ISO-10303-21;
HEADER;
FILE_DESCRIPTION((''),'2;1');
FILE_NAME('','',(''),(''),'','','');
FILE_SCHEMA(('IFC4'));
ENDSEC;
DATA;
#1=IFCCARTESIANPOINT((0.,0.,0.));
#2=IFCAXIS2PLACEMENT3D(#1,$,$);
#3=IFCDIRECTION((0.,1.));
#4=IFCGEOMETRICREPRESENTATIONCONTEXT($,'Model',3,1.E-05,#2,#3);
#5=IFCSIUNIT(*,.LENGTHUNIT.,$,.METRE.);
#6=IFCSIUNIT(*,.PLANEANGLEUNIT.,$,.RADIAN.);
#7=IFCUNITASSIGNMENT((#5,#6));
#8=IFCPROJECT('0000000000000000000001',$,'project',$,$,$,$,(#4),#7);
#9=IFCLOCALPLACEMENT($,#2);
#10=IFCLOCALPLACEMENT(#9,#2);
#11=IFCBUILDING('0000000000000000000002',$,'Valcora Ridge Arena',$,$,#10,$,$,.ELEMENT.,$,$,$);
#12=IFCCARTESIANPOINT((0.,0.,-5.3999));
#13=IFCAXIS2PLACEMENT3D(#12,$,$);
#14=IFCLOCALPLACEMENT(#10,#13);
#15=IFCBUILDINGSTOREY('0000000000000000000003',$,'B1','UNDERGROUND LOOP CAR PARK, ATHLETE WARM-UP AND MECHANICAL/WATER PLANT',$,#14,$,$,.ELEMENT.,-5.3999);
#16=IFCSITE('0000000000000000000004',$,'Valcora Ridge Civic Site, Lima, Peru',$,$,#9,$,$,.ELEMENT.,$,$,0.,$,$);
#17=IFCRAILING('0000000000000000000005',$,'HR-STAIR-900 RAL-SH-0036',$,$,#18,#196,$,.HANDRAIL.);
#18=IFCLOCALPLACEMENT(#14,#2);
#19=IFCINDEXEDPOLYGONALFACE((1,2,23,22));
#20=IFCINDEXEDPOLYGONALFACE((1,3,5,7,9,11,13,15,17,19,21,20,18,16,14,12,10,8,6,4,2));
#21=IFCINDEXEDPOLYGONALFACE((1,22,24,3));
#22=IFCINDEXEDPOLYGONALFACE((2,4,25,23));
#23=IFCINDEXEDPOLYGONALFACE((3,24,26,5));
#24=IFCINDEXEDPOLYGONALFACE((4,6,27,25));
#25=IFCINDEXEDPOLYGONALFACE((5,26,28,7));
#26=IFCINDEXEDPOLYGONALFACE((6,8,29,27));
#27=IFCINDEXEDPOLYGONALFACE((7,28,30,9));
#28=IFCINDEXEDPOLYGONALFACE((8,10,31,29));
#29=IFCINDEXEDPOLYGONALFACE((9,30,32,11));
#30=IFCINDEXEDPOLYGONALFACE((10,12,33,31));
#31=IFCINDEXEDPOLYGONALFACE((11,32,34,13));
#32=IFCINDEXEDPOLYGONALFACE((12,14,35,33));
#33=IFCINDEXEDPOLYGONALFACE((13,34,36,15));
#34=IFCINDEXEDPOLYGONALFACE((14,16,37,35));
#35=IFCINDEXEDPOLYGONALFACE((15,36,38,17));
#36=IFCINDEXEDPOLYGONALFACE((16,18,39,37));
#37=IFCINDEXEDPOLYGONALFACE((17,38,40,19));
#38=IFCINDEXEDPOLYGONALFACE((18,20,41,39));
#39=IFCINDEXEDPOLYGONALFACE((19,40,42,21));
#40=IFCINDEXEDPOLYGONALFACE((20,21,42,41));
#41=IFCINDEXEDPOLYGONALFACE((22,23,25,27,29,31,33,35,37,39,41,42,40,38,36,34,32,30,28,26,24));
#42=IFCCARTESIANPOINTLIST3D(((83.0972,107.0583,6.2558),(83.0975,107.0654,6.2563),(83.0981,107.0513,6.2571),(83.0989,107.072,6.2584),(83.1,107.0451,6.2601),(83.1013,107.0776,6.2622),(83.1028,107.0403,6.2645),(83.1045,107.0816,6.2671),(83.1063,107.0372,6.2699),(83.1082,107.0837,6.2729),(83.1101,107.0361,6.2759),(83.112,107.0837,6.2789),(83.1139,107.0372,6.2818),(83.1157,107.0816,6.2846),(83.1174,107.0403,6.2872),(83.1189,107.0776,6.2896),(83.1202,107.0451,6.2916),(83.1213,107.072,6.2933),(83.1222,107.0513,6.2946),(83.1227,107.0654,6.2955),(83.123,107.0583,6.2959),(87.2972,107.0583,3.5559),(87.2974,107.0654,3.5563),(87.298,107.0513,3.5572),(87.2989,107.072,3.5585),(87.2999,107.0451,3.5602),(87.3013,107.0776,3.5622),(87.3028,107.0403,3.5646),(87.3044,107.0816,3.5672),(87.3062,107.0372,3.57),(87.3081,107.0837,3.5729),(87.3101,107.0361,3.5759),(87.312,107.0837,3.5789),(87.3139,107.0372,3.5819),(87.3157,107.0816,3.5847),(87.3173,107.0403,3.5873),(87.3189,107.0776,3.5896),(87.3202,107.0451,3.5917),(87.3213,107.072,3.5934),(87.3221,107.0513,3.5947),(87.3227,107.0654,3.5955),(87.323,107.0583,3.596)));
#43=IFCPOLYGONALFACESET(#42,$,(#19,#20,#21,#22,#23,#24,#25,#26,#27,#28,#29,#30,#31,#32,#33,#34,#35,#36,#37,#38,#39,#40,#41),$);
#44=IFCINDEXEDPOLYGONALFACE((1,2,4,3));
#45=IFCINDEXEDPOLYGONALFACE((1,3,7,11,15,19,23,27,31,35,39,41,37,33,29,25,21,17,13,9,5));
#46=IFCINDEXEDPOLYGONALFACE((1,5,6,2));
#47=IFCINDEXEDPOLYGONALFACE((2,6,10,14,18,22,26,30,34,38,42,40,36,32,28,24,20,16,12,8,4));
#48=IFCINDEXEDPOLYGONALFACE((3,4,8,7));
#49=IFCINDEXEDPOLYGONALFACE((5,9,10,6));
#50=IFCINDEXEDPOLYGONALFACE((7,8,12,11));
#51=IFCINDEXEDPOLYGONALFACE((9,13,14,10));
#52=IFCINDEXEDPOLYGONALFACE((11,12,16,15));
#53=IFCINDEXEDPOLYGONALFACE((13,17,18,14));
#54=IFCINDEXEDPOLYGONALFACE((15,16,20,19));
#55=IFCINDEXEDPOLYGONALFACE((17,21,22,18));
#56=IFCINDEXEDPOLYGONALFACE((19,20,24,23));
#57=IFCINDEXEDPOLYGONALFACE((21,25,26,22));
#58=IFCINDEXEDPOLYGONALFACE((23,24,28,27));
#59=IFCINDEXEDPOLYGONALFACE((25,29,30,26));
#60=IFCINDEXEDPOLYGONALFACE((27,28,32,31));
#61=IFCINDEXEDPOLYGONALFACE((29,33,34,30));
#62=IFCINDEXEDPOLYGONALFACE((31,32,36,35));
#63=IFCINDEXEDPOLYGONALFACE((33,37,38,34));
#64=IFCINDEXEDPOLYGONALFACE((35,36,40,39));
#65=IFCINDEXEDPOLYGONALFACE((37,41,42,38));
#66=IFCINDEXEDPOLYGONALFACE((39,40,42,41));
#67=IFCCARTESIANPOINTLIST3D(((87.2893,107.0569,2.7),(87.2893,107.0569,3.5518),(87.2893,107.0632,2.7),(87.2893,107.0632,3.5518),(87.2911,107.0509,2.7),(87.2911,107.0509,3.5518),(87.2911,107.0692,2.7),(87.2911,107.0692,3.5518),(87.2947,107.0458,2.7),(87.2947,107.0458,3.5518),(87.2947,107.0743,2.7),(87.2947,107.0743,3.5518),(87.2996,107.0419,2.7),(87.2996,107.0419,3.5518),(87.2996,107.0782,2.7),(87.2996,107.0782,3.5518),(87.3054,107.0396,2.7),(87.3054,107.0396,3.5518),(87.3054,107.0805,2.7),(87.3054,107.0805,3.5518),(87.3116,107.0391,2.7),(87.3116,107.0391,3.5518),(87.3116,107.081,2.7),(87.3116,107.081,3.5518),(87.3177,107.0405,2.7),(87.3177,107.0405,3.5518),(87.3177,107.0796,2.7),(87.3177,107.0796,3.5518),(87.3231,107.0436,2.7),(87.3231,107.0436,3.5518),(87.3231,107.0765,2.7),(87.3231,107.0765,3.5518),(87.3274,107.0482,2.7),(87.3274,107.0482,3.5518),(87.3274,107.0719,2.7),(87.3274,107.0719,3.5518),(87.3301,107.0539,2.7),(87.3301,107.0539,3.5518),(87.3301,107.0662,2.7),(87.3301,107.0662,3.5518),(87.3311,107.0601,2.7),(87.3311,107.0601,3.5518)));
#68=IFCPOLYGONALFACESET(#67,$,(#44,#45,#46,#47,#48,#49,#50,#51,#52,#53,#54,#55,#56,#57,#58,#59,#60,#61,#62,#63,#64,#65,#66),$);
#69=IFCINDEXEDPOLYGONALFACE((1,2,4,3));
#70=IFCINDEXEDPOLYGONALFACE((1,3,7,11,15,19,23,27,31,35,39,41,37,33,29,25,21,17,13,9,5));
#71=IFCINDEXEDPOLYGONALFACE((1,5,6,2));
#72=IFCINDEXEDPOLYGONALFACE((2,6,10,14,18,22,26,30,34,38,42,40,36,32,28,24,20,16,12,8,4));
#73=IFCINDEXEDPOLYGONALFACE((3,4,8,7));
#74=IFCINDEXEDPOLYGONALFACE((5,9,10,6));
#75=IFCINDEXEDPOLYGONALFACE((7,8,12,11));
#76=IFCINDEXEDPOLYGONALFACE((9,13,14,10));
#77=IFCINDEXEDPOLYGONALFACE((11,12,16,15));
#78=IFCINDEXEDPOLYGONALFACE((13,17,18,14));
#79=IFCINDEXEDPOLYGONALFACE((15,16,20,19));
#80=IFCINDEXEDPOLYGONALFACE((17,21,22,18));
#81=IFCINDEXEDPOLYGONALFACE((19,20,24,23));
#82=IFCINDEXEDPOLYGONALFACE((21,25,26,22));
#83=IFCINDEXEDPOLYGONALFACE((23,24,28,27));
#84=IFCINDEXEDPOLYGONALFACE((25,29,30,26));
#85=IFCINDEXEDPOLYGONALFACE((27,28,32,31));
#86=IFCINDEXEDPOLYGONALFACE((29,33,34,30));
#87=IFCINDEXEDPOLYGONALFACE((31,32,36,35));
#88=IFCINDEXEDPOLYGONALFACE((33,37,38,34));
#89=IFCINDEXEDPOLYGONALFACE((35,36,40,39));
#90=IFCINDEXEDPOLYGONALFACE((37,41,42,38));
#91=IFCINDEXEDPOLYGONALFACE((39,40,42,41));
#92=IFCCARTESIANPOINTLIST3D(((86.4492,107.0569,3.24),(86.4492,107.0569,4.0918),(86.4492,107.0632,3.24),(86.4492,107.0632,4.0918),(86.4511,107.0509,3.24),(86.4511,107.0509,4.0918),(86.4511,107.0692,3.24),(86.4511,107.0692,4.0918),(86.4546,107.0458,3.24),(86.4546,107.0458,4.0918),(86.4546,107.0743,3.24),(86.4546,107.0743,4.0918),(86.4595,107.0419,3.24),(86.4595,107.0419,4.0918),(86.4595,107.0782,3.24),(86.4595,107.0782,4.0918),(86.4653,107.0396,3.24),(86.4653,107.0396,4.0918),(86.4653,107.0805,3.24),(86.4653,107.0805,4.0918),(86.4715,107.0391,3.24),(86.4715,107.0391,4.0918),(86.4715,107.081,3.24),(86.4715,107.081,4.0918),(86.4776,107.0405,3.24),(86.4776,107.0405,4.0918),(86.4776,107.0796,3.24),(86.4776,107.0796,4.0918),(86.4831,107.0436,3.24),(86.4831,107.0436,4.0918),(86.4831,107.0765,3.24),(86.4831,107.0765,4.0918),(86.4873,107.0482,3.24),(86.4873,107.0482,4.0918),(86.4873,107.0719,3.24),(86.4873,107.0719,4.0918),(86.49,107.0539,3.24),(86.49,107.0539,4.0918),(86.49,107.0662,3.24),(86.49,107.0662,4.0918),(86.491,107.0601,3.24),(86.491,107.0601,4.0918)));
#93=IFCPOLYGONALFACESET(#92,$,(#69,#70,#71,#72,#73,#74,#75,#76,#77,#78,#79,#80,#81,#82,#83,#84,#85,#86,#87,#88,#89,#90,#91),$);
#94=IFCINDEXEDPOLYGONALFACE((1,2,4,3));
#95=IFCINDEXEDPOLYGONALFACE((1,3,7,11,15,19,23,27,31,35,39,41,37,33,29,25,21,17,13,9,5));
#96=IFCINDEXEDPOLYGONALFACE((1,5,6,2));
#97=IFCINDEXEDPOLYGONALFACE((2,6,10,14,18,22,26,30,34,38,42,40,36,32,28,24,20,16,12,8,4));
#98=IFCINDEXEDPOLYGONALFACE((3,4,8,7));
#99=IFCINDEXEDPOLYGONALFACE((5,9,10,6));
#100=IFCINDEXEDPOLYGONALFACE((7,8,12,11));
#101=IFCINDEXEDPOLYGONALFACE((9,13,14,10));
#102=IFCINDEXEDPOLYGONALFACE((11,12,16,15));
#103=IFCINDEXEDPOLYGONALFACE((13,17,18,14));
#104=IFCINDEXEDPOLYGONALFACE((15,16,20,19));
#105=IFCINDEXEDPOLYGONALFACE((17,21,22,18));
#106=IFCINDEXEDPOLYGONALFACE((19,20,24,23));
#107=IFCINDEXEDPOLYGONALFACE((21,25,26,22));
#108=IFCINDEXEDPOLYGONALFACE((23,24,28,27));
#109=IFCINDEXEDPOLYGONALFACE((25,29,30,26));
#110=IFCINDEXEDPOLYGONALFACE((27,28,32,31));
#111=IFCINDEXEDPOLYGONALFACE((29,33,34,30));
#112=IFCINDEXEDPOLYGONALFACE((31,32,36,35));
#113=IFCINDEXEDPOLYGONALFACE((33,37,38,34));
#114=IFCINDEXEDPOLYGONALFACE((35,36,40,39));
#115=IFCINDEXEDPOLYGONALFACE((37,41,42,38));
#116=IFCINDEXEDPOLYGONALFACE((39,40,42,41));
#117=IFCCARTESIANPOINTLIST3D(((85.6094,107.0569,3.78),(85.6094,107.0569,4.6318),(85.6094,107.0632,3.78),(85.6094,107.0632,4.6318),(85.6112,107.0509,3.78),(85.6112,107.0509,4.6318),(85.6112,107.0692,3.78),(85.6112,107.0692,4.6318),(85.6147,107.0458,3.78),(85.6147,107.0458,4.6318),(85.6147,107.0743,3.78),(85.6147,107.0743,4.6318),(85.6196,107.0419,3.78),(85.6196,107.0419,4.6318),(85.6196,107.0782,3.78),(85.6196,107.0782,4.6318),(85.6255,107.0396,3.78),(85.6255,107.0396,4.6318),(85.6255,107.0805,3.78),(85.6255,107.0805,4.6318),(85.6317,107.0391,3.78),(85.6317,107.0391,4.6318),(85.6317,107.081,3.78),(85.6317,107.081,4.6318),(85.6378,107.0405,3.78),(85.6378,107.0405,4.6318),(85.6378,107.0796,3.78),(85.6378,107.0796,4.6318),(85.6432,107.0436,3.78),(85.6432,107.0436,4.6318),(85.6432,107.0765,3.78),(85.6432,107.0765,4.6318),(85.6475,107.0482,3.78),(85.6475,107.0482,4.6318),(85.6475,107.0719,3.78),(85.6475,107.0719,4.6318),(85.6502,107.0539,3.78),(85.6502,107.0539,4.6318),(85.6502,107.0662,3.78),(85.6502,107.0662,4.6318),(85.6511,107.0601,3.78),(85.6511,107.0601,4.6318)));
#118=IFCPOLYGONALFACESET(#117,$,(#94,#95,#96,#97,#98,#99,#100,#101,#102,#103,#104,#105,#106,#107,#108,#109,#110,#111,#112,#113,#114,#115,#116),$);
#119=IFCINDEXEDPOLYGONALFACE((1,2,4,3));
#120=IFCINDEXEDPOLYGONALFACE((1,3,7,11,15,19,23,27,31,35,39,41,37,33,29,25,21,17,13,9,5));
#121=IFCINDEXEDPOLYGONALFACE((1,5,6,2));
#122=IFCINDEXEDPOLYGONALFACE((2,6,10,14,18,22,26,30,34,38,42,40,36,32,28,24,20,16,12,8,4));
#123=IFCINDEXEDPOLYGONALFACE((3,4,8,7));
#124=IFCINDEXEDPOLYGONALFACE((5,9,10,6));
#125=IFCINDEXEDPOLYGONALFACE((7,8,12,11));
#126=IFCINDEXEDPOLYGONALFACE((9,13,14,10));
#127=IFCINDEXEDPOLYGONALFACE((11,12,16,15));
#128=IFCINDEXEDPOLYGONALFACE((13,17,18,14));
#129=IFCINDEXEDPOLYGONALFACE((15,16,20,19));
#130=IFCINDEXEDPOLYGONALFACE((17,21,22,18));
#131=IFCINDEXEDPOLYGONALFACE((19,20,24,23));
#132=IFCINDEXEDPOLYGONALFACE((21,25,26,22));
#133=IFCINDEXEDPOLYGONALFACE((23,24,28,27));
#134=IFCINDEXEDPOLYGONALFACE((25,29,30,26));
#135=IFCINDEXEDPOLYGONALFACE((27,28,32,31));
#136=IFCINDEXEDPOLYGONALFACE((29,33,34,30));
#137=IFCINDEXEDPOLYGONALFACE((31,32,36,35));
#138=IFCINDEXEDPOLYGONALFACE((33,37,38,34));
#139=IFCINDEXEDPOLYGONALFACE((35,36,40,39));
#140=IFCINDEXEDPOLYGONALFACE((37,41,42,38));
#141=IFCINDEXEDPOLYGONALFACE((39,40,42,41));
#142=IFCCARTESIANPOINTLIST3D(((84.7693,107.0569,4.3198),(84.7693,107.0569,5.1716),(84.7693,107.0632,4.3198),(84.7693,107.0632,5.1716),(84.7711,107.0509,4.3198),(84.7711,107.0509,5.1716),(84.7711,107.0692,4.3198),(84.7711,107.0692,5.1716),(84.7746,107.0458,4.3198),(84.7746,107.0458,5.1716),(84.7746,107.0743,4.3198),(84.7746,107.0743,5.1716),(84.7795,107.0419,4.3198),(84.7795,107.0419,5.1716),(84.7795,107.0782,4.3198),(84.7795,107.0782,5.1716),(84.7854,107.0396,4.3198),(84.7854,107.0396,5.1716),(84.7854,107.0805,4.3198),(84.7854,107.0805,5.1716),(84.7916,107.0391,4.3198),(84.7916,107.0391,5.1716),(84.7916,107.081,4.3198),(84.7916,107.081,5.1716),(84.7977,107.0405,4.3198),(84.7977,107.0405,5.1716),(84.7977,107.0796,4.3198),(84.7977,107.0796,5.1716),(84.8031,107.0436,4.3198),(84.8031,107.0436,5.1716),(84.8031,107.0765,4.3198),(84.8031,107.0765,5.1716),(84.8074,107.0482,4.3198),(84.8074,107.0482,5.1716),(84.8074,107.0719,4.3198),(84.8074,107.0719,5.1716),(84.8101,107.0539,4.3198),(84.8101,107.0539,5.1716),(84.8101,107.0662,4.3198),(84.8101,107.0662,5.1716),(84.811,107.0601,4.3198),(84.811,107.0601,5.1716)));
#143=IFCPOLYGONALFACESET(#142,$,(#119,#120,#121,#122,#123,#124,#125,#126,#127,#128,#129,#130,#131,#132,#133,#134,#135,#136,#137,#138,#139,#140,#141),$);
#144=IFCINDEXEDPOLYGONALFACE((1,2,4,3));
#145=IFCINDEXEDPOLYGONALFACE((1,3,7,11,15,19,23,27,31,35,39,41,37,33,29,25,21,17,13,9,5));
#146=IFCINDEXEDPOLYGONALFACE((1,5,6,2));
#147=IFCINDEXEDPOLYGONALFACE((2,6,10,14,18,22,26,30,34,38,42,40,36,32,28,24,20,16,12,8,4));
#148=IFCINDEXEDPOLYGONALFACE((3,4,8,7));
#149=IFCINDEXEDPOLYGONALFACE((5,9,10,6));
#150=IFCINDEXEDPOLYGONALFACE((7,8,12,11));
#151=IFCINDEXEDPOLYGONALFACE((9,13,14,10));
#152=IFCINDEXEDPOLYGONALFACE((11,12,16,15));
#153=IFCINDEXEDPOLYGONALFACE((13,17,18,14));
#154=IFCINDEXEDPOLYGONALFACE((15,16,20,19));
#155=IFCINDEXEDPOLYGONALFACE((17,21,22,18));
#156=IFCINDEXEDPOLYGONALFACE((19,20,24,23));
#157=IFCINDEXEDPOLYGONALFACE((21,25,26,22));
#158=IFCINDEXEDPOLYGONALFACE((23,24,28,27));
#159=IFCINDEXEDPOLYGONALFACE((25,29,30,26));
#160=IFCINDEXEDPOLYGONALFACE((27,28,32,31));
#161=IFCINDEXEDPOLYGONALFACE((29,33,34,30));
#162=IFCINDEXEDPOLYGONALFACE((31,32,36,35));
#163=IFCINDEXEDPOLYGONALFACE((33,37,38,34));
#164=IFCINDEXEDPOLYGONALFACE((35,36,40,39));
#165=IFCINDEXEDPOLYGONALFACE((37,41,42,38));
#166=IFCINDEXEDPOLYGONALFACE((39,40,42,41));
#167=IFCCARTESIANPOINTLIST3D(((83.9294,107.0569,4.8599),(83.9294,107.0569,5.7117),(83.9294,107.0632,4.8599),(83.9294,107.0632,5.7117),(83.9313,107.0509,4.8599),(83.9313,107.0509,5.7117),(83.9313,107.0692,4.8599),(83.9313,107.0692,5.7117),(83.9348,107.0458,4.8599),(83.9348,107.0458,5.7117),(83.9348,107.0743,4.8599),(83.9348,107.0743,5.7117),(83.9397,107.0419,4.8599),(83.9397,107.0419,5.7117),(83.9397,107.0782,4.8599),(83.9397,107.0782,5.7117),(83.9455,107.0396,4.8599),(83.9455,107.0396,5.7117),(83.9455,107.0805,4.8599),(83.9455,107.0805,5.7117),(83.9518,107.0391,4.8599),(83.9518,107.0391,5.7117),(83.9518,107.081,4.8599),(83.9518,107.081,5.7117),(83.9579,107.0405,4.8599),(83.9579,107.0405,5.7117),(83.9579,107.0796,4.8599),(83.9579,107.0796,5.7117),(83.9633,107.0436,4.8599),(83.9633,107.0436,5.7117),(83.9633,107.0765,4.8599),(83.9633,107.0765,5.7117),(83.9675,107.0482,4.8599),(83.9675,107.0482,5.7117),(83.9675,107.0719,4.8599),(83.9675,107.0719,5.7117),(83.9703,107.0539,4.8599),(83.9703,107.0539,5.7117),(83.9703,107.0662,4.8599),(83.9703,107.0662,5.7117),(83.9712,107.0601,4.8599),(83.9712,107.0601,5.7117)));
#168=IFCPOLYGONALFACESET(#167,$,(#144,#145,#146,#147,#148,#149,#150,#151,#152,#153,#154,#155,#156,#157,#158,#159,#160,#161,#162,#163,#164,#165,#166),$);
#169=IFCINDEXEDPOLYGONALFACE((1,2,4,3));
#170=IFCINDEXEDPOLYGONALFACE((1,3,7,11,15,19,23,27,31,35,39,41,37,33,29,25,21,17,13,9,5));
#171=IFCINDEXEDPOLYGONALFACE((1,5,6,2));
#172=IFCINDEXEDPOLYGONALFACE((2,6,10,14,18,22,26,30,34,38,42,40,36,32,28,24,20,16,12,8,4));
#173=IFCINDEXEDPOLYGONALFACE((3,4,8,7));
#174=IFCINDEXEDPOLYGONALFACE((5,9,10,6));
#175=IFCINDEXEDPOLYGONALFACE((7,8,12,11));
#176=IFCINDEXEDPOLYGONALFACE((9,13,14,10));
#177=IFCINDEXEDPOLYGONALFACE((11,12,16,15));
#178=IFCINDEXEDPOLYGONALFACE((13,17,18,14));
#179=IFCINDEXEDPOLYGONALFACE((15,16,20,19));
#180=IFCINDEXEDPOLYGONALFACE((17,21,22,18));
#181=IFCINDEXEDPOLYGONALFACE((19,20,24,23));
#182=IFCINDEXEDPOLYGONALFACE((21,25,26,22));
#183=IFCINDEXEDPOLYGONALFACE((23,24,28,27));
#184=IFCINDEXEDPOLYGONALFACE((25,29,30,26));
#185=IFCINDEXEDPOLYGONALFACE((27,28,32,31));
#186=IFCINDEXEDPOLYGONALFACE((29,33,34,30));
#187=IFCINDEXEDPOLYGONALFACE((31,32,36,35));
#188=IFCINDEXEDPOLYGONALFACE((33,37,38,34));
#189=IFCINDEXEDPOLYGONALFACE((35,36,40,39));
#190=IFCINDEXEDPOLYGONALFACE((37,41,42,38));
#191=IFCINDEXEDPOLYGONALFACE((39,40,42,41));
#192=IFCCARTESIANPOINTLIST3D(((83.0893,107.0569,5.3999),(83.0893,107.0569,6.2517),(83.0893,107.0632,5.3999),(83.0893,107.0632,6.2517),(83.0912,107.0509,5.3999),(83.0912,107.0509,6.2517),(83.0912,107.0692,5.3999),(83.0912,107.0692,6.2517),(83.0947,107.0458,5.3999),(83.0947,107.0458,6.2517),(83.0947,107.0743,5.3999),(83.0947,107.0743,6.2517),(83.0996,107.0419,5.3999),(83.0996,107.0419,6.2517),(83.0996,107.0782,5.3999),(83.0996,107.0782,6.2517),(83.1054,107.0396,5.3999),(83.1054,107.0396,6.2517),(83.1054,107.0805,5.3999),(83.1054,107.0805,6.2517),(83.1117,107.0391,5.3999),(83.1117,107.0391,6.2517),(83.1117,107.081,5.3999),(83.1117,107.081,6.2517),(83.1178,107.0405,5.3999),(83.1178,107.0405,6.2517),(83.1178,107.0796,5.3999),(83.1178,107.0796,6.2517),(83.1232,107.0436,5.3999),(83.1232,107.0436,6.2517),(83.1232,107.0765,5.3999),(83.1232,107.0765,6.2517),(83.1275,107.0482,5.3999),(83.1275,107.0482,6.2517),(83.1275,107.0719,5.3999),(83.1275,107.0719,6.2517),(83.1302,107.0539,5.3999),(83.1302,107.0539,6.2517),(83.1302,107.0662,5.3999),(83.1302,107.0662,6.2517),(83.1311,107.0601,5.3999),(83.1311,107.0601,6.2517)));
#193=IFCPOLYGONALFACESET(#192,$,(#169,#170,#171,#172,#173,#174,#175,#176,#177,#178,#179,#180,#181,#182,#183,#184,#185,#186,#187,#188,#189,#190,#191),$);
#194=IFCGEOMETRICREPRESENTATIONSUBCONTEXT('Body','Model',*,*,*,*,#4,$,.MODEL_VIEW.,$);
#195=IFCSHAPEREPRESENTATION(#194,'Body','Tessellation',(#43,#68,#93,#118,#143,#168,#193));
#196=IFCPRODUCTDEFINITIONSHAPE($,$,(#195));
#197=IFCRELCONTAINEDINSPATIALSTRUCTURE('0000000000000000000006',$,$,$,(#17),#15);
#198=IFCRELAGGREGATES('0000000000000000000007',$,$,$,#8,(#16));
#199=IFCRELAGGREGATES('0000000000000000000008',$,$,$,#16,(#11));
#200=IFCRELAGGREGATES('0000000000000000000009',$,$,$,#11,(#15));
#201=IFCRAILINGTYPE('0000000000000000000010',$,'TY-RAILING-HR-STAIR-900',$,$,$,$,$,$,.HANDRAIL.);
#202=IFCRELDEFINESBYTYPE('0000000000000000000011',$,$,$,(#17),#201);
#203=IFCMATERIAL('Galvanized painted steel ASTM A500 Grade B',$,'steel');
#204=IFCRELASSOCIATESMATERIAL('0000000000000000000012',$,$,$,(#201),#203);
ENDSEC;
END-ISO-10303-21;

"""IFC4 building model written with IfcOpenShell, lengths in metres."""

from ifc_helpers import new_model, si_unit, direction, frame, origin, origin_2d, place, context, subcontext, project, spatial, circle, extrude, material, type_object, element, save


model = new_model("IFC4")

# Units and contexts
model_context = context("Model", 3, precision=1e-05, world=origin(), true_north=direction((0.0, 1.0)))
body_context = subcontext(model_context, "Body", "Model", "MODEL_VIEW")
ifc_project = project(units=[si_unit("LENGTHUNIT", "METRE"), si_unit("PLANEANGLEUNIT", "RADIAN")], contexts=[model_context])

# Site, building, storey
site_placement = place(None, origin())
site = spatial("IfcSite", under=ifc_project, at=site_placement, Name="Valcora Ridge Civic Site, Lima, Peru", CompositionType="ELEMENT", RefElevation=0.0)
building_placement = place(site_placement, origin())
building = spatial("IfcBuilding", under=site, at=building_placement, Name="Valcora Ridge Arena", CompositionType="ELEMENT")
storey_placement = place(building_placement, frame((0.0, 0.0, -5.3999)))
storey = spatial("IfcBuildingStorey", under=building, at=storey_placement, Name="B1", Description="UNDERGROUND LOOP CAR PARK, ATHLETE WARM-UP AND MECHANICAL/WATER PLANT", CompositionType="ELEMENT", Elevation=-5.3999)

# Railing
ifc_material_1 = material(Name="Galvanized painted steel ASTM A500 Grade B", Category="steel")
railing_type_1 = type_object("IfcRailingType", Name="TY-RAILING-HR-STAIR-900", PredefinedType="HANDRAIL", material=ifc_material_1)
railing_1_placement = place(storey_placement, frame((87.3101, 107.0601, 2.7)))
element("IfcRailing", 1, at=railing_1_placement, inside=storey, type_object=railing_type_1, Name="HR-STAIR-900 RAL-SH-0036", PredefinedType="HANDRAIL", context=body_context, shape_type="SweptSolid", body=[
    extrude(circle(Radius=0.0239, at=origin_2d()), frame((0.0, 0.0, 0.876), z_axis=(-0.84118, 0.0, 0.540755), x_axis=(0.0, -1.0, 0.0)), (0.0, 0.0, 1.0), 4.9929),
    extrude(circle(Radius=0.021, at=origin_2d()), origin(), (0.0, 0.0, 1.0), 0.8518),
    extrude(circle(Radius=0.021, at=origin_2d()), frame((-0.8401, 0.0, 0.54)), (0.0, 0.0, 1.0), 0.8518),
    extrude(circle(Radius=0.021, at=origin_2d()), frame((-1.6799, 0.0, 1.0801)), (0.0, 0.0, 1.0), 0.8518),
    extrude(circle(Radius=0.021, at=origin_2d()), frame((-2.52, 0.0, 1.6199)), (0.0, 0.0, 1.0), 0.8518),
    extrude(circle(Radius=0.021, at=origin_2d()), frame((-3.3599, 0.0, 2.1599)), (0.0, 0.0, 1.0), 0.8518),
    extrude(circle(Radius=0.021, at=origin_2d()), frame((-4.2, 0.0, 2.7)), (0.0, 0.0, 1.0), 0.8518),
])

save(model, "model.ifc")
